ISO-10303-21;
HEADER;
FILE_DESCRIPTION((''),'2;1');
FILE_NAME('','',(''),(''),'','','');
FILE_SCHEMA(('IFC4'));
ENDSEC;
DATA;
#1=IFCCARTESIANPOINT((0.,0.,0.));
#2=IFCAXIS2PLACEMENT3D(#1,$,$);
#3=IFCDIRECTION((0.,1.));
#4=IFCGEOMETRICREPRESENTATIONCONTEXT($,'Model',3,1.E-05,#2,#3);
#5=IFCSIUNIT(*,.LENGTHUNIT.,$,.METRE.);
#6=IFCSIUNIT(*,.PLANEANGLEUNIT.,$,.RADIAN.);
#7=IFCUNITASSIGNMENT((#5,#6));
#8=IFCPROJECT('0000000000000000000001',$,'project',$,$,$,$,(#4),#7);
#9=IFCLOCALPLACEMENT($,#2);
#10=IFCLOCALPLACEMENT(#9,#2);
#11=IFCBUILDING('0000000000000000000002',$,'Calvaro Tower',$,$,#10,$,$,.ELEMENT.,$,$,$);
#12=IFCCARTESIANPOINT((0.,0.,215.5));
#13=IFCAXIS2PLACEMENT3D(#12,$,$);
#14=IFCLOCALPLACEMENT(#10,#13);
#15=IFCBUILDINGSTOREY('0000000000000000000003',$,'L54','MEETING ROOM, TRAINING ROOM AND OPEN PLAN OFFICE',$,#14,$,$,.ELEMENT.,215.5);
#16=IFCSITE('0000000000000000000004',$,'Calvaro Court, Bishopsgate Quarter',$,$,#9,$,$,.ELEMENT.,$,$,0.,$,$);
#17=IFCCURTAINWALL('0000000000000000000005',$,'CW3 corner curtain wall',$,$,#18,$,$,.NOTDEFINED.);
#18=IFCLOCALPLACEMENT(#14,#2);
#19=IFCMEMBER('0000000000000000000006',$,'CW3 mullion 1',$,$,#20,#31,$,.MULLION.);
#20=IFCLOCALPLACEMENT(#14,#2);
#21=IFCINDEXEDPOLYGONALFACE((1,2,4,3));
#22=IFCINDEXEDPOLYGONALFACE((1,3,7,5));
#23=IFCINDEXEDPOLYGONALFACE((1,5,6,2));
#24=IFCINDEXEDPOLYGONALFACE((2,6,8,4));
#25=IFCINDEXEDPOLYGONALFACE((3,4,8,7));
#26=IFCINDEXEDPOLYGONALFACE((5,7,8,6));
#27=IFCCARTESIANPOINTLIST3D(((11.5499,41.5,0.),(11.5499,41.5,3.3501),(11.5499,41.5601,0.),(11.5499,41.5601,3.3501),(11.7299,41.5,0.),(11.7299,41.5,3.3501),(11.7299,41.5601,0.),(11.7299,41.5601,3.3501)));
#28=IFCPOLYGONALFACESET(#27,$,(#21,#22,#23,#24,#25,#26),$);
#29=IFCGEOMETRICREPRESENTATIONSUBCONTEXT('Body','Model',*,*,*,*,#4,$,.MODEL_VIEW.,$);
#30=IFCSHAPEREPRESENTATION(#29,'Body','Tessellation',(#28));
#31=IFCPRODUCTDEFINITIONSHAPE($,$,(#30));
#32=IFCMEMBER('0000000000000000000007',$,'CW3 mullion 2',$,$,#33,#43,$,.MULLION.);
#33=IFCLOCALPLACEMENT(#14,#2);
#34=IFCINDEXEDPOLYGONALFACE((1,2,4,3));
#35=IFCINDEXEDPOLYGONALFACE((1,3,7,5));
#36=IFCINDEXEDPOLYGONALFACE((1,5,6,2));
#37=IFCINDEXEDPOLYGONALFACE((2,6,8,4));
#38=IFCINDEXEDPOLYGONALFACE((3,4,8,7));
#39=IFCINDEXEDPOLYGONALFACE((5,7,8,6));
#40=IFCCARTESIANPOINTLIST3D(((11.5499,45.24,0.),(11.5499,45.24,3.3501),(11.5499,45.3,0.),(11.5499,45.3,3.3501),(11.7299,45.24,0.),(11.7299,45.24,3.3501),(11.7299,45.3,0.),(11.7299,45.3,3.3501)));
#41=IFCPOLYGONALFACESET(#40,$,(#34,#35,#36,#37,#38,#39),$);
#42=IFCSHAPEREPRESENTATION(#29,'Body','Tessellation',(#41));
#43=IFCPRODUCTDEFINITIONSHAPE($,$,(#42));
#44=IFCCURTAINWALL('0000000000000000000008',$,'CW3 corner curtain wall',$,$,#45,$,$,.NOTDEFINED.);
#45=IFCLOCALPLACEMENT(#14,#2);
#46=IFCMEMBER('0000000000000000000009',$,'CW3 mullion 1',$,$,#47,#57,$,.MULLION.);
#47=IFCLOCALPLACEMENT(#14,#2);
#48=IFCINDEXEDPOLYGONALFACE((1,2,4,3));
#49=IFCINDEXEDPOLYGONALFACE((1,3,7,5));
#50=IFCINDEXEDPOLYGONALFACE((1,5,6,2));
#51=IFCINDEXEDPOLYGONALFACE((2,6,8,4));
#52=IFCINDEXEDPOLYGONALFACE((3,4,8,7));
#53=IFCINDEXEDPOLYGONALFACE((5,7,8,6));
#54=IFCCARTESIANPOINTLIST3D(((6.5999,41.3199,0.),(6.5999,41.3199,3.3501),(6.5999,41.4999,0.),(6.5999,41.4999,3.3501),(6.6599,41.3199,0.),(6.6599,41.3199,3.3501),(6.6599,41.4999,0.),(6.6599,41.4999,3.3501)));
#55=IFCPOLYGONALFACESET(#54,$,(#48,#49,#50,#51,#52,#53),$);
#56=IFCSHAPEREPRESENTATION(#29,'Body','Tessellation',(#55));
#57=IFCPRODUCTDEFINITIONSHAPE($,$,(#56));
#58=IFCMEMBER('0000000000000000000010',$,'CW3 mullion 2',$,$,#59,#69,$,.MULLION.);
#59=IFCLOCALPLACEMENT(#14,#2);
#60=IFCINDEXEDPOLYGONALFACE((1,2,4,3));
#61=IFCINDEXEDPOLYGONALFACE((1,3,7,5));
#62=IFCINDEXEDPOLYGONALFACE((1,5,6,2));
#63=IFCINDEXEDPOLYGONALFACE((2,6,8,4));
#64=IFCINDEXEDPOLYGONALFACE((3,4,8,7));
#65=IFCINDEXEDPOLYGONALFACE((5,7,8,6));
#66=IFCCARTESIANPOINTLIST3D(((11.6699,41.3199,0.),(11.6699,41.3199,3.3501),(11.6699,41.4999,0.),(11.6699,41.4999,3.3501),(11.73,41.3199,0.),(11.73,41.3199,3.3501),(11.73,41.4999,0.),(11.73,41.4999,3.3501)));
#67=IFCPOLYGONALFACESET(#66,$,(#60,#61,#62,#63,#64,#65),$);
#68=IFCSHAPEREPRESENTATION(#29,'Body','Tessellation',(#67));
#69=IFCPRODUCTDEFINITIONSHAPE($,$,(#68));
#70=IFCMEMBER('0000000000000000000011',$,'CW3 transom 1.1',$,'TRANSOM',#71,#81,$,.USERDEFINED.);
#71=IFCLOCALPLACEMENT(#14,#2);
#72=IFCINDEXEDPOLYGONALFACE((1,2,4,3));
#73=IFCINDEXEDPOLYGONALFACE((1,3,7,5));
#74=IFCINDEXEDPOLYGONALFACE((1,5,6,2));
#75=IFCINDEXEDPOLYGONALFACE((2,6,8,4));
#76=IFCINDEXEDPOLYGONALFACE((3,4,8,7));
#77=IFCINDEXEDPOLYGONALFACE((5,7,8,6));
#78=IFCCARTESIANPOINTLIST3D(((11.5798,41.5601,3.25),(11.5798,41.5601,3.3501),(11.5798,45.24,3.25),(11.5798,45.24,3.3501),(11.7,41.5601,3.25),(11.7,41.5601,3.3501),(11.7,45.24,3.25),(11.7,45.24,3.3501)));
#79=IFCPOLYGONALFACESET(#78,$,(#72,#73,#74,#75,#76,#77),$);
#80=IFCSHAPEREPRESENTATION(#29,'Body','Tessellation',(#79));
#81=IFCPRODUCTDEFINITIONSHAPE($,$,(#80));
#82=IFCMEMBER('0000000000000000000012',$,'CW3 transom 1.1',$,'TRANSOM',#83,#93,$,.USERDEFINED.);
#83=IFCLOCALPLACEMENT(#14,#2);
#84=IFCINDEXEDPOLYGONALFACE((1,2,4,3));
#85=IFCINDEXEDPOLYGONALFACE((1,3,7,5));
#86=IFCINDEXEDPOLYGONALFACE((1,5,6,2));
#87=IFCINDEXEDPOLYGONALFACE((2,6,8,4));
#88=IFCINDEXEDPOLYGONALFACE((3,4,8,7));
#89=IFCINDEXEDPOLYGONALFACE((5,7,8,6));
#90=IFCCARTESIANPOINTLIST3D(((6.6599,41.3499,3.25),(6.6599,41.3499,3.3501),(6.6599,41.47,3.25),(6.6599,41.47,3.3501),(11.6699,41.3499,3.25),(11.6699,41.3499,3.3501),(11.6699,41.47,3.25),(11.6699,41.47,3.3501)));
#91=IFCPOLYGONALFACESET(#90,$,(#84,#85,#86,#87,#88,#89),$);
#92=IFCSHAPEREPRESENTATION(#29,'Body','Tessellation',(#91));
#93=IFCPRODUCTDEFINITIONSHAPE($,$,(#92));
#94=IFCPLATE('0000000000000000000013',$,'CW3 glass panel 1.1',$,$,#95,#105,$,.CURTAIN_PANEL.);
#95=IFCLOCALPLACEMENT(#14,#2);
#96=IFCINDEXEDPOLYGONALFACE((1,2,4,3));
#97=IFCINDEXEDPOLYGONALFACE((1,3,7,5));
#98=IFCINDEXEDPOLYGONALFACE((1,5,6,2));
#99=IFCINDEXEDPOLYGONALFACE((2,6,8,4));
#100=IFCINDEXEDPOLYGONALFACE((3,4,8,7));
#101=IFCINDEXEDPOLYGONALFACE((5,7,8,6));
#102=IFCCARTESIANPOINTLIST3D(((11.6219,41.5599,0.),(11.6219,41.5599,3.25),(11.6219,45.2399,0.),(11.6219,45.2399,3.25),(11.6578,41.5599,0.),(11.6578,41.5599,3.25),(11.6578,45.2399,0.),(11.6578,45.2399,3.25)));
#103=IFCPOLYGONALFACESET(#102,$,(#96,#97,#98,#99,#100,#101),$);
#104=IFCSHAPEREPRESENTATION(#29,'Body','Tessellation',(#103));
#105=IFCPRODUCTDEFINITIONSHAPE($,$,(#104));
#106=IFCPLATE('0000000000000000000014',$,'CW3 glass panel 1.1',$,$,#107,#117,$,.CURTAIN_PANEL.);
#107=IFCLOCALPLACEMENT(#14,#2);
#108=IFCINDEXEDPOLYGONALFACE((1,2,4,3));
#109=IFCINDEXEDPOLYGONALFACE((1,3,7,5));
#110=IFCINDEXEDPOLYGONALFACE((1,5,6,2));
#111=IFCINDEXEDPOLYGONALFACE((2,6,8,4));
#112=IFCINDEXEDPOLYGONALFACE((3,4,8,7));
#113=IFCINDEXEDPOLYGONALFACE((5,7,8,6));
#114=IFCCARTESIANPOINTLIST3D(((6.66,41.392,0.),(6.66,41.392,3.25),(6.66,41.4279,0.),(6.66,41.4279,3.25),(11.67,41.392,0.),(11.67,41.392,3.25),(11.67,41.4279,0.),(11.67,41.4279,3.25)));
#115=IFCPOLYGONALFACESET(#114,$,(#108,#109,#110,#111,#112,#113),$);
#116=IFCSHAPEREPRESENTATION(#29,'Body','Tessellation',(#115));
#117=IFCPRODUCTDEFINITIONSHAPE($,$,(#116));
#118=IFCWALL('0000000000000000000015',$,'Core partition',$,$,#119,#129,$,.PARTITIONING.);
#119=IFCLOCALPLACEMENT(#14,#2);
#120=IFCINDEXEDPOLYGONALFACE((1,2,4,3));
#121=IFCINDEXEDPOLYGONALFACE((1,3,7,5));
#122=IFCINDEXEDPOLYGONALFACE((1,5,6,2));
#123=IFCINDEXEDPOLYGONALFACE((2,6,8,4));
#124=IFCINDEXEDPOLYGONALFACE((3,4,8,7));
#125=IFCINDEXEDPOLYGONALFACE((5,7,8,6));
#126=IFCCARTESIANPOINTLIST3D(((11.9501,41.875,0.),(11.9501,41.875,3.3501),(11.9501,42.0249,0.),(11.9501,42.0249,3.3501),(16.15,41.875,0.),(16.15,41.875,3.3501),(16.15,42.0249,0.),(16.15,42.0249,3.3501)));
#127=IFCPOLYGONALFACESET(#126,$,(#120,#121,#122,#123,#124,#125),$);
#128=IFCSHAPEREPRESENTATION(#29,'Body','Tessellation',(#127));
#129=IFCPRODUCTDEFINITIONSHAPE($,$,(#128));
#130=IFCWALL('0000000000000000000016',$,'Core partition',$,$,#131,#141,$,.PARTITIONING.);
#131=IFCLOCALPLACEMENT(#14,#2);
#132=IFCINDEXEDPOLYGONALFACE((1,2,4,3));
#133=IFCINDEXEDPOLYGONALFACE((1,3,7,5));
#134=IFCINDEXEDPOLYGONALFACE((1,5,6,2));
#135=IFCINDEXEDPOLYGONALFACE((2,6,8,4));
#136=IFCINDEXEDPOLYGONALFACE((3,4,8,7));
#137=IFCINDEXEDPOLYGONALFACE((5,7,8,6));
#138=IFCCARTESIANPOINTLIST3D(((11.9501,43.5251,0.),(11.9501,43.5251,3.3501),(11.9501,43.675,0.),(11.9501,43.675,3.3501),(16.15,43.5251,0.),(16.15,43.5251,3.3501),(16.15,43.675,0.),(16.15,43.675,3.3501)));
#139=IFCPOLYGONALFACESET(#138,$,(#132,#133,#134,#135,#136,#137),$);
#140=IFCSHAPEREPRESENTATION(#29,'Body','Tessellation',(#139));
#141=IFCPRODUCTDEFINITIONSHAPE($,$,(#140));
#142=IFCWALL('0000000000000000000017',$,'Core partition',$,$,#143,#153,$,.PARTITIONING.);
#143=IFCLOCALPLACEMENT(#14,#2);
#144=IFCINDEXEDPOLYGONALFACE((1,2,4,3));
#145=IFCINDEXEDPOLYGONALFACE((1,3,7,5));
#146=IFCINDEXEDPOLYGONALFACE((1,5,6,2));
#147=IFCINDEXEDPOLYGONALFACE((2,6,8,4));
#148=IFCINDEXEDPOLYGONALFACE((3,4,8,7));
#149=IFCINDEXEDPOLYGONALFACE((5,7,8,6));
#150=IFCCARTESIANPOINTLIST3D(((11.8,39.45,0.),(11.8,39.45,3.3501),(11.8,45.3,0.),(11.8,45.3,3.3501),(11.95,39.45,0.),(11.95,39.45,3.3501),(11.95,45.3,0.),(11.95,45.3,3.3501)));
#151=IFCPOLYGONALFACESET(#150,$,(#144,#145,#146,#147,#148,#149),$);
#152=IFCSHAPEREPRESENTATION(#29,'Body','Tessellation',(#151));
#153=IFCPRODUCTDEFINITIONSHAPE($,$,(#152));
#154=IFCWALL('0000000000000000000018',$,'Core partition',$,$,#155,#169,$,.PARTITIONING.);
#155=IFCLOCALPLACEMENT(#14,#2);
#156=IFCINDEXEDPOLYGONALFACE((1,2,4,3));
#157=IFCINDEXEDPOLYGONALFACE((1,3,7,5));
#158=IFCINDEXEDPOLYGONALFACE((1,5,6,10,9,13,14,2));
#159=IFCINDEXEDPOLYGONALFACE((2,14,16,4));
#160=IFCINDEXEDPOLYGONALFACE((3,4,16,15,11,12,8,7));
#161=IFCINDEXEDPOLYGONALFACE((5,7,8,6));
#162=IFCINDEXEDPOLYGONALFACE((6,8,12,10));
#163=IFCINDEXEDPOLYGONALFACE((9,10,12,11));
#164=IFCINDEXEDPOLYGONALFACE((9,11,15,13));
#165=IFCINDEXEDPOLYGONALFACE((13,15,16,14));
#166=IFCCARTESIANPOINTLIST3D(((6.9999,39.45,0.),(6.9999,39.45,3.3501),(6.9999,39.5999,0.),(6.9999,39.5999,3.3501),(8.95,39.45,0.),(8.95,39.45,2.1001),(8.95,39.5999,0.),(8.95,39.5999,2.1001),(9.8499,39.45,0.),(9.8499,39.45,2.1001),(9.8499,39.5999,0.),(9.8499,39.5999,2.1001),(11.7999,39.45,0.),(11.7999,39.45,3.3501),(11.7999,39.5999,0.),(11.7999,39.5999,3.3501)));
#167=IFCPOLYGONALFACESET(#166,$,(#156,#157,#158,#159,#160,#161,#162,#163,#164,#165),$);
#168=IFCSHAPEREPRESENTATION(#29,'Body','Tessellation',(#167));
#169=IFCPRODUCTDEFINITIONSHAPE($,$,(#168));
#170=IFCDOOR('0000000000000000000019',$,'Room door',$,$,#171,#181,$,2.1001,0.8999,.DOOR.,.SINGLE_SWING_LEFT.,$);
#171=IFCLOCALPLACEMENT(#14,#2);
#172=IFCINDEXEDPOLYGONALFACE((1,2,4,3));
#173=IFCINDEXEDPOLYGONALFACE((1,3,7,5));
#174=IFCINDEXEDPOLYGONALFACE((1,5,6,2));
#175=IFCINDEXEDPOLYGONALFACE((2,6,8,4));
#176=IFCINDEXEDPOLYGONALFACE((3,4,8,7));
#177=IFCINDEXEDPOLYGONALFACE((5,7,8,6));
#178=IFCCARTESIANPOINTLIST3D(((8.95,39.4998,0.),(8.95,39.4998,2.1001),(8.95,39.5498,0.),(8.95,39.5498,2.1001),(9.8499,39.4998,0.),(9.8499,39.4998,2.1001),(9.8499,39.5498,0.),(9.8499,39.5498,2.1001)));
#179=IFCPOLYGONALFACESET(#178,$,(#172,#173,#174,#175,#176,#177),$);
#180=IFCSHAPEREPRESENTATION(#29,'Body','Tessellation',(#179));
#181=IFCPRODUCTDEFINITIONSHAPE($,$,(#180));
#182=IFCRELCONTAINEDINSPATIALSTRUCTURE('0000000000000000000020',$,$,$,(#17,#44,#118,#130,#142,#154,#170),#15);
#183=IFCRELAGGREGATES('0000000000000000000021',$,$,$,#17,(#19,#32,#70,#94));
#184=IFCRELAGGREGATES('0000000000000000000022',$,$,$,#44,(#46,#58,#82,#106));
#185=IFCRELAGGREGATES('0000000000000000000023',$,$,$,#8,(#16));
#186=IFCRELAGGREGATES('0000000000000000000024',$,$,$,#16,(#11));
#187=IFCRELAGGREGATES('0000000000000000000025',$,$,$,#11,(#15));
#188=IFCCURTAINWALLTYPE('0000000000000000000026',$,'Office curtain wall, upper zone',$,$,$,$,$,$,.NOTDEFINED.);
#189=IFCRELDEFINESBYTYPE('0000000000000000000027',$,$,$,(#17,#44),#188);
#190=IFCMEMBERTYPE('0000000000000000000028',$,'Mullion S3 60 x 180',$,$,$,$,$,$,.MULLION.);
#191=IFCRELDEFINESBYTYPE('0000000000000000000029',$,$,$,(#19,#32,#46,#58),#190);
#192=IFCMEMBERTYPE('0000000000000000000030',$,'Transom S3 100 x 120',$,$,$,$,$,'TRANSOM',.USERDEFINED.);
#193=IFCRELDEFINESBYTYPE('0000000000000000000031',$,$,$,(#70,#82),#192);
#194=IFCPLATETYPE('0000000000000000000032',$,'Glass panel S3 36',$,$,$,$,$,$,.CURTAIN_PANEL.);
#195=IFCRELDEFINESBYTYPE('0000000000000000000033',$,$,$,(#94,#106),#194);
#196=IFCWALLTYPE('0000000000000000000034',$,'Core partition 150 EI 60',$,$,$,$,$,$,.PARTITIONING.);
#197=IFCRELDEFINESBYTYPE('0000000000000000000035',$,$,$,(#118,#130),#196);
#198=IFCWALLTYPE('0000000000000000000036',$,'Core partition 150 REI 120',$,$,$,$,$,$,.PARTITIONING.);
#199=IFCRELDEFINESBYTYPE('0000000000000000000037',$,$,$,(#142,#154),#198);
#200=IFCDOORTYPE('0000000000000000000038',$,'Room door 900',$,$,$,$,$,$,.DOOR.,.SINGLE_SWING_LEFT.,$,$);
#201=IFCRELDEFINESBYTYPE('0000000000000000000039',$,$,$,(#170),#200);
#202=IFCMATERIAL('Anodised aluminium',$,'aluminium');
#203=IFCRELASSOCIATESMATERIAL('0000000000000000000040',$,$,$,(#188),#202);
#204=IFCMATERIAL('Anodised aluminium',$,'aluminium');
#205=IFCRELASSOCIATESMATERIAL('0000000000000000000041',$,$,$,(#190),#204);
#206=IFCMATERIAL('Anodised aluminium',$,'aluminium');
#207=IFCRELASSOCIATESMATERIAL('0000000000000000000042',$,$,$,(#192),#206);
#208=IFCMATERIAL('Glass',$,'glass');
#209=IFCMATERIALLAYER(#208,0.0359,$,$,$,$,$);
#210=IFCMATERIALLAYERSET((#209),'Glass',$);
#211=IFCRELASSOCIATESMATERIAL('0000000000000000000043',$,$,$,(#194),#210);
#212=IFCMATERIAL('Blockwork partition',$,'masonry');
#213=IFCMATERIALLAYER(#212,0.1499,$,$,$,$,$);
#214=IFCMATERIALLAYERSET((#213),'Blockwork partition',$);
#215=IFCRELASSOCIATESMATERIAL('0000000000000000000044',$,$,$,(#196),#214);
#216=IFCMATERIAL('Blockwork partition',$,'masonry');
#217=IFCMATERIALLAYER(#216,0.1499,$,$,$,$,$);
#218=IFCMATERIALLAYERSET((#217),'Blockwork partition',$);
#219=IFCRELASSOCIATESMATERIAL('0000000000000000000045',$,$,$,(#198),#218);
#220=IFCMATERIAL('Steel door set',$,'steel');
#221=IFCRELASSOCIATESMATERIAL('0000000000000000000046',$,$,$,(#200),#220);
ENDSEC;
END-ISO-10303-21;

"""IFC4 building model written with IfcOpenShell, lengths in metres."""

from ifc_helpers import new_model, si_unit, direction, frame, frame_2d, origin, origin_2d, place, context, subcontext, project, spatial, rectangle, extrude, material, layer, layer_set, material_profile, profile_set, type_object, element, fill, aggregate, save


model = new_model("IFC4")

# Units and contexts
model_context = context("Model", 3, precision=1e-05, world=origin(), true_north=direction((0.0, 1.0)))
body_context = subcontext(model_context, "Body", "Model", "MODEL_VIEW")
ifc_project = project(units=[si_unit("LENGTHUNIT", "METRE"), si_unit("PLANEANGLEUNIT", "RADIAN")], contexts=[model_context])

# Site, building, storey
site_placement = place(None, origin())
site = spatial("IfcSite", under=ifc_project, at=site_placement, Name="Calvaro Court, Bishopsgate Quarter", CompositionType="ELEMENT", RefElevation=0.0)
building_placement = place(site_placement, origin())
building = spatial("IfcBuilding", under=site, at=building_placement, Name="Calvaro Tower", CompositionType="ELEMENT")
storey_placement = place(building_placement, frame((0.0, 0.0, 215.5)))
storey = spatial("IfcBuildingStorey", under=building, at=storey_placement, Name="L54", Description="MEETING ROOM, TRAINING ROOM AND OPEN PLAN OFFICE", CompositionType="ELEMENT", Elevation=215.5)

# Curtain walls, members
ifc_material_1 = material(Name="Anodised aluminium", Category="aluminium")
curtain_wall_type = type_object("IfcCurtainWallType", Name="Office curtain wall, upper zone", PredefinedType="NOTDEFINED", material=ifc_material_1)
curtain_wall_1_placement = place(storey_placement, origin())
curtain_wall_1 = element("IfcCurtainWall", 1, at=curtain_wall_1_placement, inside=storey, type_object=curtain_wall_type, Name="CW3 corner curtain wall", PredefinedType="NOTDEFINED")
ifc_material_2 = material(Name="Anodised aluminium", Category="aluminium")
ifc_material_profile_1 = material_profile(ifc_material_2, rectangle(XDim=0.1799, YDim=0.0601, at=origin_2d()), Name="Mullion S3 60 x 180")
ifc_profile_set_1 = profile_set([ifc_material_profile_1], Name="Anodised aluminium")
member_type_1 = type_object("IfcMemberType", Name="Mullion S3 60 x 180", PredefinedType="MULLION", material=ifc_profile_set_1)
member_1_placement = place(storey_placement, frame((11.6399, 41.53, 0.0), z_axis=(0.0, 0.0, 1.0), x_axis=(-1.0, 0.0, 0.0)))
member_1 = element("IfcMember", 2, at=member_1_placement, type_object=member_type_1, Name="CW3 mullion 1", PredefinedType="MULLION", context=body_context, shape_type="SweptSolid", body=[
    extrude(rectangle(XDim=0.1799, YDim=0.0601, at=origin_2d()), origin(), (0.0, 0.0, 1.0), 3.3501),
])
member_2_placement = place(storey_placement, frame((11.6399, 45.27, 0.0), z_axis=(0.0, 0.0, 1.0), x_axis=(-1.0, 0.0, 0.0)))
member_2 = element("IfcMember", 3, at=member_2_placement, type_object=member_type_1, Name="CW3 mullion 2", PredefinedType="MULLION", context=body_context, shape_type="SweptSolid", body=[
    extrude(rectangle(XDim=0.1799, YDim=0.0601, at=origin_2d()), origin(), (0.0, 0.0, 1.0), 3.3501),
])
curtain_wall_2_placement = place(storey_placement, origin())
curtain_wall_2 = element("IfcCurtainWall", 4, at=curtain_wall_2_placement, inside=storey, type_object=curtain_wall_type, Name="CW3 corner curtain wall", PredefinedType="NOTDEFINED")
member_3_placement = place(storey_placement, frame((6.6299, 41.4099, 0.0), z_axis=(0.0, 0.0, 1.0), x_axis=(0.0, 1.0, 0.0)))
member_3 = element("IfcMember", 5, at=member_3_placement, type_object=member_type_1, Name="CW3 mullion 1", PredefinedType="MULLION", context=body_context, shape_type="SweptSolid", body=[
    extrude(rectangle(XDim=0.1799, YDim=0.0601, at=origin_2d()), origin(), (0.0, 0.0, 1.0), 3.3501),
])
member_4_placement = place(storey_placement, frame((11.7, 41.4099, 0.0), z_axis=(0.0, 0.0, 1.0), x_axis=(0.0, 1.0, 0.0)))
member_4 = element("IfcMember", 6, at=member_4_placement, type_object=member_type_1, Name="CW3 mullion 2", PredefinedType="MULLION", context=body_context, shape_type="SweptSolid", body=[
    extrude(rectangle(XDim=0.1799, YDim=0.0601, at=origin_2d()), origin(), (0.0, 0.0, 1.0), 3.3501),
])

# Members
ifc_material_3 = material(Name="Anodised aluminium", Category="aluminium")
ifc_material_profile_2 = material_profile(ifc_material_3, rectangle(XDim=0.1201, YDim=0.1001, at=origin_2d()), Name="Transom S3 100 x 120")
ifc_profile_set_2 = profile_set([ifc_material_profile_2], Name="Anodised aluminium")
member_type_2 = type_object("IfcMemberType", Name="Transom S3 100 x 120", ElementType="TRANSOM", PredefinedType="USERDEFINED", material=ifc_profile_set_2)
member_5_placement = place(storey_placement, frame((11.6399, 41.5601, 3.3), z_axis=(0.0, 1.0, 0.0), x_axis=(-1.0, 0.0, 0.0)))
member_5 = element("IfcMember", 7, at=member_5_placement, type_object=member_type_2, Name="CW3 transom 1.1", ObjectType="TRANSOM", PredefinedType="USERDEFINED", context=body_context, shape_type="SweptSolid", body=[
    extrude(rectangle(XDim=0.1201, YDim=0.1001, at=origin_2d()), origin(), (0.0, 0.0, 1.0), 3.6799),
])
member_6_placement = place(storey_placement, frame((6.6599, 41.4099, 3.3), z_axis=(1.0, 0.0, 0.0), x_axis=(0.0, 1.0, 0.0)))
member_6 = element("IfcMember", 8, at=member_6_placement, type_object=member_type_2, Name="CW3 transom 1.1", ObjectType="TRANSOM", PredefinedType="USERDEFINED", context=body_context, shape_type="SweptSolid", body=[
    extrude(rectangle(XDim=0.1201, YDim=0.1001, at=origin_2d()), origin(), (0.0, 0.0, 1.0), 5.01),
])

# Plates
ifc_material_4 = material(Name="Glass", Category="glass")
ifc_layer_1 = layer(ifc_material_4, 0.0359)
ifc_layer_set_1 = layer_set([ifc_layer_1], Name="Glass")
plate_type = type_object("IfcPlateType", Name="Glass panel S3 36", PredefinedType="CURTAIN_PANEL", material=ifc_layer_set_1)
plate_1_placement = place(storey_placement, frame((11.6399, 43.3999, 0.0), z_axis=(0.0, 0.0, 1.0), x_axis=(0.0, 1.0, 0.0)))
plate_1 = element("IfcPlate", 9, at=plate_1_placement, type_object=plate_type, Name="CW3 glass panel 1.1", PredefinedType="CURTAIN_PANEL", context=body_context, shape_type="SweptSolid", body=[
    extrude(rectangle(XDim=3.6799, YDim=0.0359, at=origin_2d()), origin(), (0.0, 0.0, 1.0), 3.25),
])
aggregate(curtain_wall_1, [member_1, member_2, member_5, plate_1])
plate_2_placement = place(storey_placement, frame((9.165, 41.4099, 0.0), z_axis=(0.0, 0.0, 1.0), x_axis=(1.0, 0.0, 0.0)))
plate_2 = element("IfcPlate", 10, at=plate_2_placement, type_object=plate_type, Name="CW3 glass panel 1.1", PredefinedType="CURTAIN_PANEL", context=body_context, shape_type="SweptSolid", body=[
    extrude(rectangle(XDim=5.01, YDim=0.0359, at=origin_2d()), origin(), (0.0, 0.0, 1.0), 3.25),
])
aggregate(curtain_wall_2, [member_3, member_4, member_6, plate_2])

# Walls
ifc_material_5 = material(Name="Blockwork partition", Category="masonry")
ifc_layer_2 = layer(ifc_material_5, 0.1499)
ifc_layer_set_2 = layer_set([ifc_layer_2], Name="Blockwork partition")
wall_type_1 = type_object("IfcWallType", Name="Core partition 150 EI 60", PredefinedType="PARTITIONING", material=ifc_layer_set_2)
for number, where, z_axis, x_axis, name in (
    (11, (11.95, 41.95, 0.0), (0.0, 0.0, 1.0), (1.0, 0.0, 0.0), "Core partition"),
    (12, (11.95, 43.6001, 0.0), (0.0, 0.0, 1.0), (1.0, 0.0, 0.0), "Core partition"),
):
    element("IfcWall", number, at=place(storey_placement, frame(where, z_axis=z_axis, x_axis=x_axis)), inside=storey, type_object=wall_type_1, Name=name, PredefinedType="PARTITIONING", context=body_context, shape_type="SweptSolid", body=[
        extrude(rectangle(XDim=4.2, YDim=0.1499, at=frame_2d((2.1001, 0.0))), origin(), (0.0, 0.0, 1.0), 3.3501),
    ])
ifc_material_6 = material(Name="Blockwork partition", Category="masonry")
ifc_layer_3 = layer(ifc_material_6, 0.1499)
ifc_layer_set_3 = layer_set([ifc_layer_3], Name="Blockwork partition")
wall_type_2 = type_object("IfcWallType", Name="Core partition 150 REI 120", PredefinedType="PARTITIONING", material=ifc_layer_set_3)
wall_1_placement = place(storey_placement, frame((11.875, 39.45, 0.0), z_axis=(0.0, 0.0, 1.0), x_axis=(0.0, 1.0, 0.0)))
element("IfcWall", 13, at=wall_1_placement, inside=storey, type_object=wall_type_2, Name="Core partition", PredefinedType="PARTITIONING", context=body_context, shape_type="SweptSolid", body=[
    extrude(rectangle(XDim=5.8501, YDim=0.1499, at=frame_2d((2.925, 0.0))), origin(), (0.0, 0.0, 1.0), 3.3501),
])

# Wall, opening, door
wall_2_placement = place(storey_placement, frame((7.0, 39.5249, 0.0), z_axis=(0.0, 0.0, 1.0), x_axis=(1.0, 0.0, 0.0)))
wall_2 = element("IfcWall", 14, at=wall_2_placement, inside=storey, type_object=wall_type_2, Name="Core partition", PredefinedType="PARTITIONING", context=body_context, shape_type="SweptSolid", body=[
    extrude(rectangle(XDim=4.8, YDim=0.1499, at=frame_2d((2.3999, 0.0))), origin(), (0.0, 0.0, 1.0), 3.3501),
])
opening_1_placement = place(wall_2_placement, frame((1.95, 0.0, 0.0)))
opening_1 = element("IfcOpeningElement", 15, at=opening_1_placement, cuts=wall_2, PredefinedType="OPENING", context=body_context, shape_type="SweptSolid", body=[
    extrude(rectangle(XDim=0.8999, YDim=2.1001, at=frame_2d((0.45, 1.05))), frame((0.0, 0.085, 0.0), z_axis=(0.0, -1.0, 0.0), x_axis=(1.0, 0.0, 0.0)), (0.0, 0.0, 1.0), 0.1699),
])
ifc_material_7 = material(Name="Steel door set", Category="steel")
door_type = type_object("IfcDoorType", Name="Room door 900", OperationType="SINGLE_SWING_LEFT", PredefinedType="DOOR", material=ifc_material_7)
door_placement = place(opening_1_placement, origin())
door = element("IfcDoor", 16, at=door_placement, inside=storey, type_object=door_type, Name="Room door", OperationType="SINGLE_SWING_LEFT", OverallHeight=2.1001, OverallWidth=0.8999, PredefinedType="DOOR", context=body_context, shape_type="SweptSolid", body=[
    extrude(rectangle(XDim=0.8999, YDim=2.1001, at=frame_2d((0.45, 1.05))), frame((0.0, 0.0249, 0.0), z_axis=(0.0, -1.0, 0.0), x_axis=(1.0, 0.0, 0.0)), (0.0, 0.0, 1.0), 0.05),
])
fill(opening_1, door)

save(model, "model.ifc")
